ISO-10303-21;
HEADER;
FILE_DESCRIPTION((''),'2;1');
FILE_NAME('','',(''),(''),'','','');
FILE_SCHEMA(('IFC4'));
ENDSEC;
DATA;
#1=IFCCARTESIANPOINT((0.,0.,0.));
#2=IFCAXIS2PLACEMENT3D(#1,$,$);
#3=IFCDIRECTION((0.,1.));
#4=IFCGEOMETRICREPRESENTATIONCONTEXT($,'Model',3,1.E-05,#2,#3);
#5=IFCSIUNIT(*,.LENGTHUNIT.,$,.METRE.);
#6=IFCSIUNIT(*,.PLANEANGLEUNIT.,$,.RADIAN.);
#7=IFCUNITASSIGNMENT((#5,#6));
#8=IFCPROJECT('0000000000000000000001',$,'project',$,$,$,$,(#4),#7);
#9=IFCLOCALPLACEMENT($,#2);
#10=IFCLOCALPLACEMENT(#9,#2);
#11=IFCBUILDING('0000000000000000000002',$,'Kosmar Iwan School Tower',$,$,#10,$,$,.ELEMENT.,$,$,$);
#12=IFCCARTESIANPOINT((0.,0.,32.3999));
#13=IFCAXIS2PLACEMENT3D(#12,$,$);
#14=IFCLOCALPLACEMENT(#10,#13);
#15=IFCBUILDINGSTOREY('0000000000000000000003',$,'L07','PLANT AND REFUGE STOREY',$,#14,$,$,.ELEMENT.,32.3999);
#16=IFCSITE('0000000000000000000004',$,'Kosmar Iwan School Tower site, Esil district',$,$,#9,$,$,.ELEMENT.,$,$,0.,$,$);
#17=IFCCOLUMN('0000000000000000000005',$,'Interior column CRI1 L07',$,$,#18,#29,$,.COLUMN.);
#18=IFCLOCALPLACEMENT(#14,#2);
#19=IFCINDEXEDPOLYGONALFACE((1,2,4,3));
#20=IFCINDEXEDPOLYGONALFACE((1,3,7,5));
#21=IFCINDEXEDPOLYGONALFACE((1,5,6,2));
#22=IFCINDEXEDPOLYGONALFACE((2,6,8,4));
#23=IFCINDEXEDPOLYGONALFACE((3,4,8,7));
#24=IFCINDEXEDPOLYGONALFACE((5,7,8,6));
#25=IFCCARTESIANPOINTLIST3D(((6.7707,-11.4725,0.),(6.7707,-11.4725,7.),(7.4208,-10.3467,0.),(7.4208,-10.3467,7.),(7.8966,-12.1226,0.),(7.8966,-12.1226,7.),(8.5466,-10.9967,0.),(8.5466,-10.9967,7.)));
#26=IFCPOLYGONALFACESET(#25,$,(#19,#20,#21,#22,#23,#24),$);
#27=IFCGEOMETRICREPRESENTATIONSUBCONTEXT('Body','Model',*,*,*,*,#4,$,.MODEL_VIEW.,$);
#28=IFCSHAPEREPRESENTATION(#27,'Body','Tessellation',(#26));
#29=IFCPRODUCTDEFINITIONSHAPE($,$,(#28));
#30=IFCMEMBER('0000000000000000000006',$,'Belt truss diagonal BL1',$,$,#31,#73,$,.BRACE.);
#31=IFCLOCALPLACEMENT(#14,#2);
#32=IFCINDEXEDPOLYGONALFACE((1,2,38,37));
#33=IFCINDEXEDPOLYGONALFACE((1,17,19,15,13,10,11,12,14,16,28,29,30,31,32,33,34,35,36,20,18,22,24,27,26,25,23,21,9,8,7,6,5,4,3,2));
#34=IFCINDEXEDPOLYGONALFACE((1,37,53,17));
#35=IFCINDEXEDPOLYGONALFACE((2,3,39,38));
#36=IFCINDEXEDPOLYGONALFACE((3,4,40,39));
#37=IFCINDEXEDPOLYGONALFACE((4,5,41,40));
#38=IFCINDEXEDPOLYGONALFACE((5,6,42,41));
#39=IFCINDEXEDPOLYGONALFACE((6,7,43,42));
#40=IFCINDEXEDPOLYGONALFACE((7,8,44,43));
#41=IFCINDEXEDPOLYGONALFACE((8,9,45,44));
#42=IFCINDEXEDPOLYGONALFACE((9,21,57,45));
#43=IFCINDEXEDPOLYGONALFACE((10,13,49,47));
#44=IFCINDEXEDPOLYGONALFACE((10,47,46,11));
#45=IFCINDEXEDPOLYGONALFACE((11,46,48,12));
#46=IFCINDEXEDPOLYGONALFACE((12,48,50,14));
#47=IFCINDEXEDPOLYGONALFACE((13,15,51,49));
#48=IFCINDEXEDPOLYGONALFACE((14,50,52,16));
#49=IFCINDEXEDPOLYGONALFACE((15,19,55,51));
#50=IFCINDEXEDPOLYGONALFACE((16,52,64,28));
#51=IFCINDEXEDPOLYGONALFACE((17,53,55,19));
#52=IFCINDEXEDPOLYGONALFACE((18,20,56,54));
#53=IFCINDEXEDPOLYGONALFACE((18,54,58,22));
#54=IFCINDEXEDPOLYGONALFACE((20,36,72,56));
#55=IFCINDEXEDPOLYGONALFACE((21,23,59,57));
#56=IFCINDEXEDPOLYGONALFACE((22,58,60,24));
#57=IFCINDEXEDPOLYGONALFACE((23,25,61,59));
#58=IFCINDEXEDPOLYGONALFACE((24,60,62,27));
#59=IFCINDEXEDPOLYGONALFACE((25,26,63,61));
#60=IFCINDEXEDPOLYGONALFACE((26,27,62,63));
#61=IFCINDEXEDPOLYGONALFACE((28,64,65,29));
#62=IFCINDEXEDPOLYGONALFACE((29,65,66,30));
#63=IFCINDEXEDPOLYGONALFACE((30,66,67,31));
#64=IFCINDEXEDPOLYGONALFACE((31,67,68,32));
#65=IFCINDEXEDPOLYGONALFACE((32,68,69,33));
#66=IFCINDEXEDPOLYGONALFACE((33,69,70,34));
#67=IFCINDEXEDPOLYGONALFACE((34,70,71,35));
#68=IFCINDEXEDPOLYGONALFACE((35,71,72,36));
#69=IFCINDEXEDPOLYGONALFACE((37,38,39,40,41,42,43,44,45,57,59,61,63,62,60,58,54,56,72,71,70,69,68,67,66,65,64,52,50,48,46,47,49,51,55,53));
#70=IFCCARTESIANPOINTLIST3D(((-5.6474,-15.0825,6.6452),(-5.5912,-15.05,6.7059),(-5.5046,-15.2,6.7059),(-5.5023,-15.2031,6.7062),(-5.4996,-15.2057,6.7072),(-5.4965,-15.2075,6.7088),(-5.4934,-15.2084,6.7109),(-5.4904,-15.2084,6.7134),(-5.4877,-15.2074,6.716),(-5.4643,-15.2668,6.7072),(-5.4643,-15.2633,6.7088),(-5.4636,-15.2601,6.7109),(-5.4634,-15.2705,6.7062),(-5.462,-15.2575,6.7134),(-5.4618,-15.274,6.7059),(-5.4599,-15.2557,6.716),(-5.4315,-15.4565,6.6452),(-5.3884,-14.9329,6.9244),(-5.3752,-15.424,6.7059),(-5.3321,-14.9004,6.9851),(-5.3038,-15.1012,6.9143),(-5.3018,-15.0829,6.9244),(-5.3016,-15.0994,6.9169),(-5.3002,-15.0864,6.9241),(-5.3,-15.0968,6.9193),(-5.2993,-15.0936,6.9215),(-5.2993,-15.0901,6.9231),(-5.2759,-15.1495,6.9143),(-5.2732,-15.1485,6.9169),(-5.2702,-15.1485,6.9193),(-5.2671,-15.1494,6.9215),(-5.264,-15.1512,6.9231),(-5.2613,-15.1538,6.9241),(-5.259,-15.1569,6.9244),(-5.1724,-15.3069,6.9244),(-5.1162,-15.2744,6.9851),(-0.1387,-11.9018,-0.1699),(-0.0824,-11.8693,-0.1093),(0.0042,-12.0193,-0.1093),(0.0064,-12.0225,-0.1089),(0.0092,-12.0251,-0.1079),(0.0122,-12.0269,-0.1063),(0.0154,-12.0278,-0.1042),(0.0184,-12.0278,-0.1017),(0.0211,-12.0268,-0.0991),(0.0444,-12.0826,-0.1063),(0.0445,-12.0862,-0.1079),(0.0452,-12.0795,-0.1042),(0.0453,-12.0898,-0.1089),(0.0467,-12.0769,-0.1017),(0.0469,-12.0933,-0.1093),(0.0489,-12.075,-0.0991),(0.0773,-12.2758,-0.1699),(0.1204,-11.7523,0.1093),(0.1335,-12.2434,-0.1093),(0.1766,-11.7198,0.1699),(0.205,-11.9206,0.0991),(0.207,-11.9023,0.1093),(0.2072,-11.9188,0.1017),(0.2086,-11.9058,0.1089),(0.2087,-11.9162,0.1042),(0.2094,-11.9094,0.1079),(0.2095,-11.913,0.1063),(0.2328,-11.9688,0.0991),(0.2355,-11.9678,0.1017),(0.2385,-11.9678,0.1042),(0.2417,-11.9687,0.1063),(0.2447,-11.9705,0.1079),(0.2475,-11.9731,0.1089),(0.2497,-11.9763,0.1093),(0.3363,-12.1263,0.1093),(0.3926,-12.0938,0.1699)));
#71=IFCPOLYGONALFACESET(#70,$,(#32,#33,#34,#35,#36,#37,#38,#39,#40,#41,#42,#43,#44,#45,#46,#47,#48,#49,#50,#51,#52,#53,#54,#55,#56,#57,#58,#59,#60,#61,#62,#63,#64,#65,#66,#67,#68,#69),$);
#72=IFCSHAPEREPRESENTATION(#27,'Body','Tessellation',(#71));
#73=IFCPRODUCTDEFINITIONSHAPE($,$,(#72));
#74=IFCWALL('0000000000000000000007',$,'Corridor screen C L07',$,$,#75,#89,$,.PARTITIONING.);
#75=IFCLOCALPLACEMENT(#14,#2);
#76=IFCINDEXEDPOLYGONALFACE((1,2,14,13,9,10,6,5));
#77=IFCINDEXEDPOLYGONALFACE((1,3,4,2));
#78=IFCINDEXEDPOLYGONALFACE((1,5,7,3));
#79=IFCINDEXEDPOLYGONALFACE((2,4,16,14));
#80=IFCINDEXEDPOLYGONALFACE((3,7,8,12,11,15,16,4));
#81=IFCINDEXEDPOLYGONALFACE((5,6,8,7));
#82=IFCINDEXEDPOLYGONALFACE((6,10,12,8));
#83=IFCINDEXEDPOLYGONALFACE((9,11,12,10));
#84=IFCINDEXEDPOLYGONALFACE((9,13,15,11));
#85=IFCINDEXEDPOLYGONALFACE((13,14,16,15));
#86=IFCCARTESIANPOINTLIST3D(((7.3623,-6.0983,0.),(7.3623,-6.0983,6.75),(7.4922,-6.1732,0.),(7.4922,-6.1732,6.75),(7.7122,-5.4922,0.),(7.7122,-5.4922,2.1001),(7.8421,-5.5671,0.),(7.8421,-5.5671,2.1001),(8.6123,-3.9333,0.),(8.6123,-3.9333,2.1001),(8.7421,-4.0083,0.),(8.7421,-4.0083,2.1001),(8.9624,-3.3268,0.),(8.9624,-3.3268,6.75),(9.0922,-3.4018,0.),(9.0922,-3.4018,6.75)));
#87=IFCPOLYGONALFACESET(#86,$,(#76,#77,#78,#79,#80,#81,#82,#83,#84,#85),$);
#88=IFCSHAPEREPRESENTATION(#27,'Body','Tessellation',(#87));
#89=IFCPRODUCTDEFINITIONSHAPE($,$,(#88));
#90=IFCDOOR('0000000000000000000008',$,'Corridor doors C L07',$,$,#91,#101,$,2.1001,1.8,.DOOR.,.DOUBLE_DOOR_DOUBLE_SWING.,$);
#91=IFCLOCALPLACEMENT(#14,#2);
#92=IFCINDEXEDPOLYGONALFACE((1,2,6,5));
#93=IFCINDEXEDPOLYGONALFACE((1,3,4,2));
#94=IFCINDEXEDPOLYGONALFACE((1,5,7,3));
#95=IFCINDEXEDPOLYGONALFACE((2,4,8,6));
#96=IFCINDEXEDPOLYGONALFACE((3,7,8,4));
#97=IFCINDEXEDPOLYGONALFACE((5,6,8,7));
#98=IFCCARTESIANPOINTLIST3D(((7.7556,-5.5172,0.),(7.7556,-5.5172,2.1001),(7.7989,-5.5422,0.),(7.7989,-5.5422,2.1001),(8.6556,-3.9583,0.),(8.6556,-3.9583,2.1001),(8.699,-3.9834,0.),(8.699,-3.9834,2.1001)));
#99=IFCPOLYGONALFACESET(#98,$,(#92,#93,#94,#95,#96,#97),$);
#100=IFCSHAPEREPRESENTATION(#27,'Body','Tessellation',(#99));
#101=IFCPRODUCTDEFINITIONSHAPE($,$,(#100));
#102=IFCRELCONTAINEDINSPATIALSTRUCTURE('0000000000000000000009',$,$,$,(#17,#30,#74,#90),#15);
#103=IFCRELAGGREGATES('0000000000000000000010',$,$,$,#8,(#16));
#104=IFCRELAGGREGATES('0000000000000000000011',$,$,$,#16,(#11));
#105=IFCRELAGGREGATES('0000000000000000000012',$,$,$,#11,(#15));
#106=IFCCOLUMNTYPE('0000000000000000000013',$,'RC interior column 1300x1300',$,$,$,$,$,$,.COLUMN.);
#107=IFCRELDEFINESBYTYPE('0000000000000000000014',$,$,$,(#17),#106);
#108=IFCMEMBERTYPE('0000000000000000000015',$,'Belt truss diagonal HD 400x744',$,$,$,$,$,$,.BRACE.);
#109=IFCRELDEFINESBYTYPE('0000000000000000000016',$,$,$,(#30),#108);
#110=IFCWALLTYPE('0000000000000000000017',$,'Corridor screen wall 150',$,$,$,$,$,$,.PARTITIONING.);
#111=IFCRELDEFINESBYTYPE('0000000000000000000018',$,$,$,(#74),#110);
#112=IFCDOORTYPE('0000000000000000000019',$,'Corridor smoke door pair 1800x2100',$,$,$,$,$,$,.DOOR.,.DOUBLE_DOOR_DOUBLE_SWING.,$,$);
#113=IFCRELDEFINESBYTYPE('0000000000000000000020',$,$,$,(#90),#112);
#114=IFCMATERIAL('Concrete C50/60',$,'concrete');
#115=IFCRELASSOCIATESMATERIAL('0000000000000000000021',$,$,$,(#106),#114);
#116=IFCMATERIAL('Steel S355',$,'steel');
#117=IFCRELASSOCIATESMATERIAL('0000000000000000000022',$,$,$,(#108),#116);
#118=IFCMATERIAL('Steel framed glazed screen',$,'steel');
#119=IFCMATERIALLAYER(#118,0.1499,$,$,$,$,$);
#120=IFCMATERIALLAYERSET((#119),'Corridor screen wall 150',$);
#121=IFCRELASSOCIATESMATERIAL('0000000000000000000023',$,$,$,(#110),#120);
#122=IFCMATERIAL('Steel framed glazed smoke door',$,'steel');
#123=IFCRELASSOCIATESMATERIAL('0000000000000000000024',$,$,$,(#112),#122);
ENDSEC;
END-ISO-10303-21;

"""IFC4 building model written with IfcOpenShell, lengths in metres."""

from ifc_helpers import new_model, si_unit, direction, frame, frame_2d, origin, origin_2d, place, context, subcontext, project, spatial, rectangle, i_section, extrude, material, layer, layer_set, material_profile, profile_set, type_object, element, fill, save


model = new_model("IFC4")

# Units and contexts
model_context = context("Model", 3, precision=1e-05, world=origin(), true_north=direction((0.0, 1.0)))
body_context = subcontext(model_context, "Body", "Model", "MODEL_VIEW")
ifc_project = project(units=[si_unit("LENGTHUNIT", "METRE"), si_unit("PLANEANGLEUNIT", "RADIAN")], contexts=[model_context])

# Site, building, storey
site_placement = place(None, origin())
site = spatial("IfcSite", under=ifc_project, at=site_placement, Name="Kosmar Iwan School Tower site, Esil district", CompositionType="ELEMENT", RefElevation=0.0)
building_placement = place(site_placement, origin())
building = spatial("IfcBuilding", under=site, at=building_placement, Name="Kosmar Iwan School Tower", CompositionType="ELEMENT")
storey_placement = place(building_placement, frame((0.0, 0.0, 32.3999)))
storey = spatial("IfcBuildingStorey", under=building, at=storey_placement, Name="L07", Description="PLANT AND REFUGE STOREY", CompositionType="ELEMENT", Elevation=32.3999)

# Column
ifc_material_1 = material(Name="Concrete C50/60", Category="concrete")
ifc_material_profile_1 = material_profile(ifc_material_1, rectangle(XDim=1.3, YDim=1.3, at=origin_2d()), Name="RC 1300x1300")
ifc_profile_set_1 = profile_set([ifc_material_profile_1], Name="Concrete C50/60")
column_type = type_object("IfcColumnType", Name="RC interior column 1300x1300", PredefinedType="COLUMN", material=ifc_profile_set_1)
column_placement = place(storey_placement, frame((7.6587, -11.2346, 0.0), z_axis=(0.0, 0.0, 1.0), x_axis=(0.866025, -0.5, 0.0)))
element("IfcColumn", 1, at=column_placement, inside=storey, type_object=column_type, Name="Interior column CRI1 L07", PredefinedType="COLUMN", context=body_context, shape_type="SweptSolid", body=[
    extrude(rectangle(XDim=1.3, YDim=1.3, at=origin_2d()), origin(), (0.0, 0.0, 1.0), 7.0),
])

# Member
ifc_material_2 = material(Name="Steel S355", Category="steel")
ifc_material_profile_2 = material_profile(ifc_material_2, i_section(OverallWidth=0.4319, OverallDepth=0.498, WebThickness=0.0557, FlangeThickness=0.0889, FilletRadius=0.0149, at=origin_2d()), Name="HD 400x744")
ifc_profile_set_2 = profile_set([ifc_material_profile_2], Name="Steel S355")
member_type = type_object("IfcMemberType", Name="Belt truss diagonal HD 400x744", PredefinedType="BRACE", material=ifc_profile_set_2)
member_placement = place(storey_placement, frame((0.127, -11.9978, 0.0), z_axis=(-0.590909, -0.341179, 0.731042), x_axis=(0.500019, -0.866014, 0.0)))
element("IfcMember", 2, at=member_placement, inside=storey, type_object=member_type, Name="Belt truss diagonal BL1", PredefinedType="BRACE", context=body_context, shape_type="SweptSolid", body=[
    extrude(i_section(OverallWidth=0.4319, OverallDepth=0.498, WebThickness=0.0557, FlangeThickness=0.0889, FilletRadius=0.0149, at=origin_2d()), origin(), (0.0, 0.0, 1.0), 9.3225),
])

# Wall, opening, door
ifc_material_3 = material(Name="Steel framed glazed screen", Category="steel")
ifc_layer_1 = layer(ifc_material_3, 0.1499)
ifc_layer_set_1 = layer_set([ifc_layer_1], Name="Corridor screen wall 150")
wall_type_1 = type_object("IfcWallType", Name="Corridor screen wall 150", PredefinedType="PARTITIONING", material=ifc_layer_set_1)
wall_1_placement = place(storey_placement, frame((7.4272, -6.1357, 0.0), z_axis=(0.0, 0.0, 1.0), x_axis=(0.499995, 0.866028, 0.0)))
wall_1 = element("IfcWall", 3, at=wall_1_placement, inside=storey, type_object=wall_type_1, Name="Corridor screen C L07", PredefinedType="PARTITIONING", context=body_context, shape_type="SweptSolid", body=[
    extrude(rectangle(XDim=3.2002, YDim=0.1499, at=frame_2d((1.6001, 0.0))), origin(), (0.0, 0.0, 1.0), 6.75),
])
opening_1_placement = place(wall_1_placement, frame((0.7, 0.0, 0.0)))
opening_1 = element("IfcOpeningElement", 4, at=opening_1_placement, cuts=wall_1, PredefinedType="OPENING", context=body_context, shape_type="SweptSolid", body=[
    extrude(rectangle(XDim=1.8, YDim=2.1001, at=frame_2d((0.8999, 1.05))), frame((0.0, 0.0869, 0.0), z_axis=(0.0, -1.0, 0.0), x_axis=(1.0, 0.0, 0.0)), (0.0, 0.0, 1.0), 0.1738),
])
ifc_material_4 = material(Name="Steel framed glazed smoke door", Category="steel")
door_type_1 = type_object("IfcDoorType", Name="Corridor smoke door pair 1800x2100", OperationType="DOUBLE_DOOR_DOUBLE_SWING", PredefinedType="DOOR", material=ifc_material_4)
door_1_placement = place(opening_1_placement, origin())
door_1 = element("IfcDoor", 5, at=door_1_placement, inside=storey, type_object=door_type_1, Name="Corridor doors C L07", OperationType="DOUBLE_DOOR_DOUBLE_SWING", OverallHeight=2.1001, OverallWidth=1.8, PredefinedType="DOOR", context=body_context, shape_type="SweptSolid", body=[
    extrude(rectangle(XDim=1.8, YDim=2.1001, at=frame_2d((0.8999, 1.05))), frame((0.0, 0.0249, 0.0), z_axis=(0.0, -1.0, 0.0), x_axis=(1.0, 0.0, 0.0)), (0.0, 0.0, 1.0), 0.05),
])
fill(opening_1, door_1)

save(model, "model.ifc")
